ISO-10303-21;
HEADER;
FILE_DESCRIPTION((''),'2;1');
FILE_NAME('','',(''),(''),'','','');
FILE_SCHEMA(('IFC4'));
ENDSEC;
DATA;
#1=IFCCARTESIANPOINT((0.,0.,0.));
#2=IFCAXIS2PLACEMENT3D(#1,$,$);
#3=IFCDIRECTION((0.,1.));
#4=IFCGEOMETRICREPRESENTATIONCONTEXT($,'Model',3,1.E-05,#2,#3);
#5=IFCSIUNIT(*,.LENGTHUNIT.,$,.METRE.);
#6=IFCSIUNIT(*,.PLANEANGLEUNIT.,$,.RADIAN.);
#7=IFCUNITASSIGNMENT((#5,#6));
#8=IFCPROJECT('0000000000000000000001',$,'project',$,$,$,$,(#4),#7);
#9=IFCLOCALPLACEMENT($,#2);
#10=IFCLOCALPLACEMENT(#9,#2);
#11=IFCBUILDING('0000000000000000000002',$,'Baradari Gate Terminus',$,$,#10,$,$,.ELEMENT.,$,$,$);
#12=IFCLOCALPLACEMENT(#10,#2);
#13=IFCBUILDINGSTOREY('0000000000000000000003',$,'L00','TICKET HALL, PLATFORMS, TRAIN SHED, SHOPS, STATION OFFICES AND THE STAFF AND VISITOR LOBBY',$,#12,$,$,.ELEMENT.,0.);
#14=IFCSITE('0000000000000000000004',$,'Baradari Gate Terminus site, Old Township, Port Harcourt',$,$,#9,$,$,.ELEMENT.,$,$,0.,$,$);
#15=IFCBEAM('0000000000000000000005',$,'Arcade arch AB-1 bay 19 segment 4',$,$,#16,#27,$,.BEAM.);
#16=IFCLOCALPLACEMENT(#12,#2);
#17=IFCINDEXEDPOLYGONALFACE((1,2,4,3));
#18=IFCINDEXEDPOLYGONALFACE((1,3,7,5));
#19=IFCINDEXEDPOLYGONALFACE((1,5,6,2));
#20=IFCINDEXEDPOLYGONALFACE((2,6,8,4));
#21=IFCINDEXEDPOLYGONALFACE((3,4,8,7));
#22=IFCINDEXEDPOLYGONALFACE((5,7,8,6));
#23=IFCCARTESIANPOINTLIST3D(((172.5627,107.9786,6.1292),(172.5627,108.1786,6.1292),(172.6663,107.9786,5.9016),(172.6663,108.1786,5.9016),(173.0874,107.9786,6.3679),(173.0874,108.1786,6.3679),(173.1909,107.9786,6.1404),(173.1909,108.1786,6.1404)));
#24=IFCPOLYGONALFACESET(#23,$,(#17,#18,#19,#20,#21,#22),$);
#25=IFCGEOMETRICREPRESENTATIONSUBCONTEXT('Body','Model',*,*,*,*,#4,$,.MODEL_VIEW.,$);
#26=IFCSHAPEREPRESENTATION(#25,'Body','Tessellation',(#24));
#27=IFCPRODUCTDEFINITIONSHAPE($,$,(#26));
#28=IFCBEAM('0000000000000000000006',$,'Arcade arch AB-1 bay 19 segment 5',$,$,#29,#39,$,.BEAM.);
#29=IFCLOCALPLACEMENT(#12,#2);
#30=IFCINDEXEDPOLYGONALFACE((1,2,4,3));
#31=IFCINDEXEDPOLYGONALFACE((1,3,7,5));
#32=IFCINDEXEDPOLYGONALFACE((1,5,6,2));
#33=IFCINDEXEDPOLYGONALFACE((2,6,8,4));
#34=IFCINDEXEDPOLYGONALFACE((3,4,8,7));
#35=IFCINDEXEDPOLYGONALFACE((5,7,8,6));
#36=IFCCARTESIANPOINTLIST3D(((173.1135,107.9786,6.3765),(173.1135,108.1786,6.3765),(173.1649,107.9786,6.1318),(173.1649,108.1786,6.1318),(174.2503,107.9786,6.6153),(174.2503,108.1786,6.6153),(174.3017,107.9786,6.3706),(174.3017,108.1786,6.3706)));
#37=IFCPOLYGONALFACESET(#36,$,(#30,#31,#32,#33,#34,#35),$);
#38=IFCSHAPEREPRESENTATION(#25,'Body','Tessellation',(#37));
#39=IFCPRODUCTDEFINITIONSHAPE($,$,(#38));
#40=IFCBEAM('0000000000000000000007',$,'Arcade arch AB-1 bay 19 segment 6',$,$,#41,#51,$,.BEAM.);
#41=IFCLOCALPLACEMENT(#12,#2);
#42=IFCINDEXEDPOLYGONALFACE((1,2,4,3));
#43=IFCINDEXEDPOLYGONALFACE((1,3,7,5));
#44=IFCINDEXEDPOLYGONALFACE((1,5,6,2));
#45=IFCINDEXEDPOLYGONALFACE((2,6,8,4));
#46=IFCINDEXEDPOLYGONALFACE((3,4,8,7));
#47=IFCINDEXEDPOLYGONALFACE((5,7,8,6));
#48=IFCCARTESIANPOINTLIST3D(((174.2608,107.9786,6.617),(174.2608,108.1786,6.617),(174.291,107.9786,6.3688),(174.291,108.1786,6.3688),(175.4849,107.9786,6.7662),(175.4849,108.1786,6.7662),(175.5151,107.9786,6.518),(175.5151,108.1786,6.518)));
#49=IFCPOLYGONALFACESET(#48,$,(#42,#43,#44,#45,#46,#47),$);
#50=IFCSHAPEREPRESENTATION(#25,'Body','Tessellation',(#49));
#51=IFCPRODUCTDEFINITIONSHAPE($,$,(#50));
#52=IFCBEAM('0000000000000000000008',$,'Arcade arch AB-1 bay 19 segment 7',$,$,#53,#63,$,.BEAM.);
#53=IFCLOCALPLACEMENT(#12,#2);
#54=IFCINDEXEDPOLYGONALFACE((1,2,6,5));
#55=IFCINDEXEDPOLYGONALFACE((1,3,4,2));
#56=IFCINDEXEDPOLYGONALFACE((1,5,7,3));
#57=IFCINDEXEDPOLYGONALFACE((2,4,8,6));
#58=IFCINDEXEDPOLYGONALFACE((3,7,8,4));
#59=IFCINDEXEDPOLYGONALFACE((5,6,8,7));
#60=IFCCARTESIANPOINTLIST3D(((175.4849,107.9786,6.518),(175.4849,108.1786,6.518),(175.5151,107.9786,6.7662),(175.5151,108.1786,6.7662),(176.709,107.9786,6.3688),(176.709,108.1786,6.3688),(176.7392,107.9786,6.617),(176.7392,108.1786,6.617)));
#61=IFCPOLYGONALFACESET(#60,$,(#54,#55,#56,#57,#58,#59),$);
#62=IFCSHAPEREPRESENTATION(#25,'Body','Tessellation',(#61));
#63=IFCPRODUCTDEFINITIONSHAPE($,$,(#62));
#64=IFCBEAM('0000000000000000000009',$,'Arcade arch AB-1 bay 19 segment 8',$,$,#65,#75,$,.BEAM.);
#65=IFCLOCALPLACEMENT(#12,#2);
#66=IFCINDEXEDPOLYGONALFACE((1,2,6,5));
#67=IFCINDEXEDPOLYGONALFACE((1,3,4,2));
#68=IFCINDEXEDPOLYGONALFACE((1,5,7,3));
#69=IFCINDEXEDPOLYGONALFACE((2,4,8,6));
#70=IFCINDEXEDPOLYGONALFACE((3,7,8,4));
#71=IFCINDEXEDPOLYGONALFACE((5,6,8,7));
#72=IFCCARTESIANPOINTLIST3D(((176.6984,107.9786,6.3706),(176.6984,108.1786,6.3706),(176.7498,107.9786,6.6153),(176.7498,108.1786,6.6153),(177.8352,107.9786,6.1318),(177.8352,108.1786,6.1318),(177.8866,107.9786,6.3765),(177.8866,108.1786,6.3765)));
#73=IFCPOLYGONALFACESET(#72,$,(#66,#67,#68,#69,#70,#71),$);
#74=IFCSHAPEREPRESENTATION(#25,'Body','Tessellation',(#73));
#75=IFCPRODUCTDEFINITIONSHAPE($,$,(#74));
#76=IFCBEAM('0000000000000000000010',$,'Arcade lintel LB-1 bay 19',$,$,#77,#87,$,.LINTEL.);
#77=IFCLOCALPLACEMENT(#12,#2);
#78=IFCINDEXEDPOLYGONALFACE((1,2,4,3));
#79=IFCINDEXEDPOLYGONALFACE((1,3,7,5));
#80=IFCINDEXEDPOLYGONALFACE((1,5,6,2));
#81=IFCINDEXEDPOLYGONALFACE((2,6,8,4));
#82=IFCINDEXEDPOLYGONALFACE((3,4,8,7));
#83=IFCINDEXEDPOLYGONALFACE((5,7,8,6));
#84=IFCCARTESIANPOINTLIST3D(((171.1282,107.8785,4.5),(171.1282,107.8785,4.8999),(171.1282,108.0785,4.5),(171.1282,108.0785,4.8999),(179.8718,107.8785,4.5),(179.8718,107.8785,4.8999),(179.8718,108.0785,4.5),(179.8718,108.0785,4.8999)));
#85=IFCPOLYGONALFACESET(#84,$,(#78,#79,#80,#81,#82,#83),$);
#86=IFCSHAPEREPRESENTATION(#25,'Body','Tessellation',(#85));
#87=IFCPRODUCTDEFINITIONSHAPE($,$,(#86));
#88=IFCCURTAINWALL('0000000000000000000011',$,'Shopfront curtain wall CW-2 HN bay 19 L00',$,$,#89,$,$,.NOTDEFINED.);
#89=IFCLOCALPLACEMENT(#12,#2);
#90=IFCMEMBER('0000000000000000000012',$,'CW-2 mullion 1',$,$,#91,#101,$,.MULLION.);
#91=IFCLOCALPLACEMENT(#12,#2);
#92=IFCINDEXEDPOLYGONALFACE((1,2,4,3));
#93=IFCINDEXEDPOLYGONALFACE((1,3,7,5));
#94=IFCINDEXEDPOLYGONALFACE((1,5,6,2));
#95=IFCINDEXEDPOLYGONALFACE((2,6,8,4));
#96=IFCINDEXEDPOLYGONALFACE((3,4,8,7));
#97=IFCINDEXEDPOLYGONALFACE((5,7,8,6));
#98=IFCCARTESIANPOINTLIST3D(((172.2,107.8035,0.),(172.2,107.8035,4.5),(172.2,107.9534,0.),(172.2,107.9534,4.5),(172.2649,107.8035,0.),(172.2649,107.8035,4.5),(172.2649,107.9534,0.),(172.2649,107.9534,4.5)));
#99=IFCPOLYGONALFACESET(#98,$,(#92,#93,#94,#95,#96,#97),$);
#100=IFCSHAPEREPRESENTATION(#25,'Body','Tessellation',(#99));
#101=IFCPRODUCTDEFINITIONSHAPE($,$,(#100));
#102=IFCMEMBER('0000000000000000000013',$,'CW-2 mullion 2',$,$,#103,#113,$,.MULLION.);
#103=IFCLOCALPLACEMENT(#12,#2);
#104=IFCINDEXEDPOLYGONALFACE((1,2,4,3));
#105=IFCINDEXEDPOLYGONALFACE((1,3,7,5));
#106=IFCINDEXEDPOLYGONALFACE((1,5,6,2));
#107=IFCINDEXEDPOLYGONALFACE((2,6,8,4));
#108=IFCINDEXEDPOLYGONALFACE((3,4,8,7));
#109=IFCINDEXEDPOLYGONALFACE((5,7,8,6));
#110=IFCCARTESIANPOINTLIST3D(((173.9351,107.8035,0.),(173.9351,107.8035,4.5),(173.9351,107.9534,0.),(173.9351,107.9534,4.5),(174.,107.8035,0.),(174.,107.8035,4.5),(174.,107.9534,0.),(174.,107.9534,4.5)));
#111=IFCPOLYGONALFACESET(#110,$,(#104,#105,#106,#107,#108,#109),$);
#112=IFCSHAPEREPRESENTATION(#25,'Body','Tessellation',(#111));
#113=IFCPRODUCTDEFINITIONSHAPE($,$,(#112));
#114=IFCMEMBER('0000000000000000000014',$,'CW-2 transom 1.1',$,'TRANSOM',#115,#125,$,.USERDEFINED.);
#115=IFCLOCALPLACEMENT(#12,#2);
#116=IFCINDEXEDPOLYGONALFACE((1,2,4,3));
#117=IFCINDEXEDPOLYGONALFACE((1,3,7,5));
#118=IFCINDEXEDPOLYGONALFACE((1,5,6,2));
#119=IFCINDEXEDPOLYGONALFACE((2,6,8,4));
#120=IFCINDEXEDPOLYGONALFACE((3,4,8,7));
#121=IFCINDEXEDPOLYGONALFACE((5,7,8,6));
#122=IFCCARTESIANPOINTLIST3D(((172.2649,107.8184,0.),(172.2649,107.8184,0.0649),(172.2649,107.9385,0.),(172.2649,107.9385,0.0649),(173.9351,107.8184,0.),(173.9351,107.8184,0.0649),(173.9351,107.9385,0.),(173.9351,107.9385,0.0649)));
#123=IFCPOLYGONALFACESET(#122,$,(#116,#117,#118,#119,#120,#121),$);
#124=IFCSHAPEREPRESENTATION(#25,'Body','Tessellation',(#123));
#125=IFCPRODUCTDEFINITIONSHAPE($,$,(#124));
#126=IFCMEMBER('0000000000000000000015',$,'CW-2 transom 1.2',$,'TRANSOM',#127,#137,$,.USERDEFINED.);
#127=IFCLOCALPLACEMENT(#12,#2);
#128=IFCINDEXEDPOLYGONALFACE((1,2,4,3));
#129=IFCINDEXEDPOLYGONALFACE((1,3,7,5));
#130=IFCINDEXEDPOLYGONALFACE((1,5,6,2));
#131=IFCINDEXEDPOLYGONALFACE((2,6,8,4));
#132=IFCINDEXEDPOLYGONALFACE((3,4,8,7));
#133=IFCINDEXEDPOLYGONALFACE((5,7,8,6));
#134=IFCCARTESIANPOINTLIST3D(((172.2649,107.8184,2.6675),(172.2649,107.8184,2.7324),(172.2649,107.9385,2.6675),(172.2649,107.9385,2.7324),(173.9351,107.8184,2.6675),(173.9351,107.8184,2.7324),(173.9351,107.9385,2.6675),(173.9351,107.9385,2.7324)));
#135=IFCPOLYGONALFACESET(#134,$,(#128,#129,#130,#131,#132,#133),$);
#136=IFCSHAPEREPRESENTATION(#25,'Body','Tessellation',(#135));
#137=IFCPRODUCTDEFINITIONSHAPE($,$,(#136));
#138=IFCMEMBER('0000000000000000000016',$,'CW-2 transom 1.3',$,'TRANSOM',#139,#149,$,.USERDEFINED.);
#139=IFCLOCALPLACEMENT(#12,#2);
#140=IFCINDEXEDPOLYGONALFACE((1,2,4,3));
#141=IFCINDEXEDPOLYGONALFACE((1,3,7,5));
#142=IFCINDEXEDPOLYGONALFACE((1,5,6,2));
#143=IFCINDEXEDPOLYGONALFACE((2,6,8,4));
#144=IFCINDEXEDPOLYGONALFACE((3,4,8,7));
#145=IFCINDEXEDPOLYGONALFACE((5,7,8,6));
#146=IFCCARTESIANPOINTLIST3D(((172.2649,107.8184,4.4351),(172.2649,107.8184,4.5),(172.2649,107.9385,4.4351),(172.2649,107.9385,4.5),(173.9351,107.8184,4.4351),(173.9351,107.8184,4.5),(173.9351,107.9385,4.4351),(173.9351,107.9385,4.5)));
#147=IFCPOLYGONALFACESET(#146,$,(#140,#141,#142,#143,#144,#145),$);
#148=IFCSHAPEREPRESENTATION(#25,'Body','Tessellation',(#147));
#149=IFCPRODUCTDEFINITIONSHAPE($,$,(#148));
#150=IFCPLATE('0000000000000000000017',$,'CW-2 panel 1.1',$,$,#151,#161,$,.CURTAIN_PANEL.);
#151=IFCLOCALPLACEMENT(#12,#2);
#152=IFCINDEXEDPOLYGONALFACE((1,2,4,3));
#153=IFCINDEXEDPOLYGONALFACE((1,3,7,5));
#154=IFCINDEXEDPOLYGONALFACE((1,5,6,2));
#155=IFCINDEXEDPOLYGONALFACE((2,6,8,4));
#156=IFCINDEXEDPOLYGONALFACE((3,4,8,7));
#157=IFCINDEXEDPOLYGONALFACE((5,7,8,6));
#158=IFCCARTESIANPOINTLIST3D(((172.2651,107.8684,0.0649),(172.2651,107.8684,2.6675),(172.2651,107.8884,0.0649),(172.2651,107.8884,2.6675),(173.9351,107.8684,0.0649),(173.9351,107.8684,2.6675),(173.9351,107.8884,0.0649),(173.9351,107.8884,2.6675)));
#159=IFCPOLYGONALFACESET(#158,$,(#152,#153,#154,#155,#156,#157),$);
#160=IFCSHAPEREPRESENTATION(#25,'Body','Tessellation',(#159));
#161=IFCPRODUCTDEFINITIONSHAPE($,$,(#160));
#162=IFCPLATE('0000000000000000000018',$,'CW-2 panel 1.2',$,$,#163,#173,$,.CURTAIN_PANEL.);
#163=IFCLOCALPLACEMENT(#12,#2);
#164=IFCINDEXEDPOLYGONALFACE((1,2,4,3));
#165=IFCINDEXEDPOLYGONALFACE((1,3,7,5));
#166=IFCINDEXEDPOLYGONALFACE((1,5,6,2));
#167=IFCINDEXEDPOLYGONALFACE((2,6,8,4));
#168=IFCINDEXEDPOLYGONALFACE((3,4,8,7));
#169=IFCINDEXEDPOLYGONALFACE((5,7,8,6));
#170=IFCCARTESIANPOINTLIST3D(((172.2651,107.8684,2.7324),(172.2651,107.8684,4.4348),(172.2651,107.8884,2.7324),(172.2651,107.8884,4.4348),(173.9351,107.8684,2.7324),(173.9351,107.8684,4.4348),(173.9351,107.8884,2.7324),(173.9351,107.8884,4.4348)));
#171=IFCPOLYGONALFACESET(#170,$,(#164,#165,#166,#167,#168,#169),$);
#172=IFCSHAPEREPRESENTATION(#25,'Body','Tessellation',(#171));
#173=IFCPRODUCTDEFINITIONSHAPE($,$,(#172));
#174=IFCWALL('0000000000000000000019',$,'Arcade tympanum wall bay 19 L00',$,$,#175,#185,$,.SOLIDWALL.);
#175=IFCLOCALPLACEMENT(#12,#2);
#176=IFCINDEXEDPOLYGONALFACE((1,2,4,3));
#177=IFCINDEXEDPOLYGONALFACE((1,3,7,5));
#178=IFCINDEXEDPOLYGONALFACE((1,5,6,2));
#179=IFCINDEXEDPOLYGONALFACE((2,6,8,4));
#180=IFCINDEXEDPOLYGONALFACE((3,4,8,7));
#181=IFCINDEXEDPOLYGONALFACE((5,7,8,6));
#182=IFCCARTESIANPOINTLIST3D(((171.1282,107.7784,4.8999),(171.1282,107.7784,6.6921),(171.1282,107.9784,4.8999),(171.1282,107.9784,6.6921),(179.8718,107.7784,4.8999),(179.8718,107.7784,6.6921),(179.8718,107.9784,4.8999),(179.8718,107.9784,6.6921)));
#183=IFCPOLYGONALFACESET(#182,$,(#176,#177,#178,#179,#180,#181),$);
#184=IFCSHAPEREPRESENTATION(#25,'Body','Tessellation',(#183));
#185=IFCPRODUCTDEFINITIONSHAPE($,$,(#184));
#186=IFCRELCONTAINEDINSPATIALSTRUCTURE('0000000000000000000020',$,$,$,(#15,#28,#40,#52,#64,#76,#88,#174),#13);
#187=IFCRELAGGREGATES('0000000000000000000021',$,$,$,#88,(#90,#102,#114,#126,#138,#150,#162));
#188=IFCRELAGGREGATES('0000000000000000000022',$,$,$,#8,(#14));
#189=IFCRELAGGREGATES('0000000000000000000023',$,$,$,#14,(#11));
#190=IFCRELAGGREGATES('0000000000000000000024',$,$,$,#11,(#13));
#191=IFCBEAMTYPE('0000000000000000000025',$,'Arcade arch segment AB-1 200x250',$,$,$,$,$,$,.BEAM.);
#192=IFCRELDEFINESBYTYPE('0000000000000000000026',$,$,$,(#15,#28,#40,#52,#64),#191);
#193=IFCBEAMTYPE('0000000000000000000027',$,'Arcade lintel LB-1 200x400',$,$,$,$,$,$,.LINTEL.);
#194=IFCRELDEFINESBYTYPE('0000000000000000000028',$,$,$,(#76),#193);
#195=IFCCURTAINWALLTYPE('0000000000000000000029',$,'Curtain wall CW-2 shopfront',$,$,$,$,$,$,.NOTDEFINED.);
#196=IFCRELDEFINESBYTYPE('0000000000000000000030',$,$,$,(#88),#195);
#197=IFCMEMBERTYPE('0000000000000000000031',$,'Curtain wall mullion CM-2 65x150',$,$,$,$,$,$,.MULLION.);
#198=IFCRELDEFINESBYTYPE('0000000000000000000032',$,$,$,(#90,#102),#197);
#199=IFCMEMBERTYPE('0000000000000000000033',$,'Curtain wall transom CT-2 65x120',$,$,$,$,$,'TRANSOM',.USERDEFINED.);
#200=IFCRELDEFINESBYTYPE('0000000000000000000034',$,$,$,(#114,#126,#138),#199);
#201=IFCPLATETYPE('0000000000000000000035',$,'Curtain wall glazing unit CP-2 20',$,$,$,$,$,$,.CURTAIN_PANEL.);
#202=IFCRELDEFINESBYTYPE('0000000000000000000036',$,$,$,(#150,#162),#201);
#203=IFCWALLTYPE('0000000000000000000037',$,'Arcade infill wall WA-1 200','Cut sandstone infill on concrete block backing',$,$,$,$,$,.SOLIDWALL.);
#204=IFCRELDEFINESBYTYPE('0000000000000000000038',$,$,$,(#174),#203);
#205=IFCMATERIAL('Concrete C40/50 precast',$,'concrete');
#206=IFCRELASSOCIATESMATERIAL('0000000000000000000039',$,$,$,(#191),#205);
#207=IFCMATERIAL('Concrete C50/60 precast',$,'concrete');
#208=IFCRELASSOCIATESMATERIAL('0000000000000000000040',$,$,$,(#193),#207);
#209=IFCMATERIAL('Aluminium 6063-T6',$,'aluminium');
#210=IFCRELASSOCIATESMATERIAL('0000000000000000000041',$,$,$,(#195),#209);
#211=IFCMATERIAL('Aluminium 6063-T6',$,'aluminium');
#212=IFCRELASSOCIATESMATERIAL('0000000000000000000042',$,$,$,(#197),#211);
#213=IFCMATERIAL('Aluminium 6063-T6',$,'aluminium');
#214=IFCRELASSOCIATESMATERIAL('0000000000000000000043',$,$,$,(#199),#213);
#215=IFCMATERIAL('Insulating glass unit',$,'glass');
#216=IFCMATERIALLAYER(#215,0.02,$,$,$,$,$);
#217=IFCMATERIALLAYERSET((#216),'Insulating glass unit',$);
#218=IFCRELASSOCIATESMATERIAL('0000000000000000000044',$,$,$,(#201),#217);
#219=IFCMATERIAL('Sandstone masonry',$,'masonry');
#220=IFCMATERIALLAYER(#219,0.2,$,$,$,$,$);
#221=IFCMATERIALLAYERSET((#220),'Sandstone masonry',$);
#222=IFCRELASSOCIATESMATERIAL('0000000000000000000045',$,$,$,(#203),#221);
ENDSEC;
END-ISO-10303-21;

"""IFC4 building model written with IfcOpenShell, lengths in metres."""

from ifc_helpers import new_model, si_unit, direction, frame, frame_2d, origin, origin_2d, place, context, subcontext, project, spatial, rectangle, extrude, material, layer, layer_set, material_profile, profile_set, type_object, element, aggregate, save


model = new_model("IFC4")

# Units and contexts
model_context = context("Model", 3, precision=1e-05, world=origin(), true_north=direction((0.0, 1.0)))
body_context = subcontext(model_context, "Body", "Model", "MODEL_VIEW")
ifc_project = project(units=[si_unit("LENGTHUNIT", "METRE"), si_unit("PLANEANGLEUNIT", "RADIAN")], contexts=[model_context])

# Site, building, storey
site_placement = place(None, origin())
site = spatial("IfcSite", under=ifc_project, at=site_placement, Name="Baradari Gate Terminus site, Old Township, Port Harcourt", CompositionType="ELEMENT", RefElevation=0.0)
building_placement = place(site_placement, origin())
building = spatial("IfcBuilding", under=site, at=building_placement, Name="Baradari Gate Terminus", CompositionType="ELEMENT")
storey_placement = place(building_placement, origin())
storey = spatial("IfcBuildingStorey", under=building, at=storey_placement, Name="L00", Description="TICKET HALL, PLATFORMS, TRAIN SHED, SHOPS, STATION OFFICES AND THE STAFF AND VISITOR LOBBY", CompositionType="ELEMENT", Elevation=0.0)

# Beams
ifc_material_1 = material(Name="Concrete C40/50 precast", Category="concrete")
ifc_material_profile_1 = material_profile(ifc_material_1, rectangle(XDim=0.2, YDim=0.25, at=origin_2d()), Name="AB-1 200X250")
ifc_profile_set_1 = profile_set([ifc_material_profile_1], Name="Concrete C40/50 precast")
beam_type_1 = type_object("IfcBeamType", Name="Arcade arch segment AB-1 200x250", PredefinedType="BEAM", material=ifc_profile_set_1)
beam_1_placement = place(storey_placement, frame((172.6145, 108.0786, 6.0154), z_axis=(0.910178, 0.0, 0.414218), x_axis=(0.0, 1.0, 0.0)))
element("IfcBeam", 1, at=beam_1_placement, inside=storey, type_object=beam_type_1, Name="Arcade arch AB-1 bay 19 segment 4", PredefinedType="BEAM", context=body_context, shape_type="SweptSolid", body=[
    extrude(rectangle(XDim=0.2, YDim=0.25, at=origin_2d()), origin(), (0.0, 0.0, 1.0), 0.5764),
])
beam_2_placement = place(storey_placement, frame((173.1392, 108.0786, 6.2542), z_axis=(0.978643, 0.0, 0.205566), x_axis=(0.0, 1.0, 0.0)))
element("IfcBeam", 2, at=beam_2_placement, inside=storey, type_object=beam_type_1, Name="Arcade arch AB-1 bay 19 segment 5", PredefinedType="BEAM", context=body_context, shape_type="SweptSolid", body=[
    extrude(rectangle(XDim=0.2, YDim=0.25, at=origin_2d()), origin(), (0.0, 0.0, 1.0), 1.1616),
])
for number, where, z_axis, x_axis, name in (
    (3, (174.2759, 108.0786, 6.4929), (0.992657, 0.0, 0.120964), (0.0, 1.0, 0.0), "Arcade arch AB-1 bay 19 segment 6"),
    (4, (175.5, 108.0786, 6.6421), (0.992657, 0.0, -0.120964), (0.0, 1.0, 0.0), "Arcade arch AB-1 bay 19 segment 7"),
):
    element("IfcBeam", number, at=place(storey_placement, frame(where, z_axis=z_axis, x_axis=x_axis)), inside=storey, type_object=beam_type_1, Name=name, PredefinedType="BEAM", context=body_context, shape_type="SweptSolid", body=[
        extrude(rectangle(XDim=0.2, YDim=0.25, at=origin_2d()), origin(), (0.0, 0.0, 1.0), 1.2332),
    ])
beam_3_placement = place(storey_placement, frame((176.7241, 108.0786, 6.4929), z_axis=(0.978643, 0.0, -0.205566), x_axis=(0.0, 1.0, 0.0)))
element("IfcBeam", 5, at=beam_3_placement, inside=storey, type_object=beam_type_1, Name="Arcade arch AB-1 bay 19 segment 8", PredefinedType="BEAM", context=body_context, shape_type="SweptSolid", body=[
    extrude(rectangle(XDim=0.2, YDim=0.25, at=origin_2d()), origin(), (0.0, 0.0, 1.0), 1.1616),
])
ifc_material_2 = material(Name="Concrete C50/60 precast", Category="concrete")
ifc_material_profile_2 = material_profile(ifc_material_2, rectangle(XDim=0.2, YDim=0.3999, at=origin_2d()), Name="LB-1 200X400")
ifc_profile_set_2 = profile_set([ifc_material_profile_2], Name="Concrete C50/60 precast")
beam_type_2 = type_object("IfcBeamType", Name="Arcade lintel LB-1 200x400", PredefinedType="LINTEL", material=ifc_profile_set_2)
beam_4_placement = place(storey_placement, frame((171.1282, 107.9785, 4.7), z_axis=(1.0, 0.0, 0.0), x_axis=(0.0, 1.0, 0.0)))
element("IfcBeam", 6, at=beam_4_placement, inside=storey, type_object=beam_type_2, Name="Arcade lintel LB-1 bay 19", PredefinedType="LINTEL", context=body_context, shape_type="SweptSolid", body=[
    extrude(rectangle(XDim=0.2, YDim=0.3999, at=origin_2d()), origin(), (0.0, 0.0, 1.0), 8.7437),
])

# Curtain wall, members, plates
ifc_material_3 = material(Name="Aluminium 6063-T6", Category="aluminium")
curtain_wall_type = type_object("IfcCurtainWallType", Name="Curtain wall CW-2 shopfront", PredefinedType="NOTDEFINED", material=ifc_material_3)
curtain_wall_placement = place(storey_placement, origin())
curtain_wall = element("IfcCurtainWall", 7, at=curtain_wall_placement, inside=storey, type_object=curtain_wall_type, Name="Shopfront curtain wall CW-2 HN bay 19 L00", PredefinedType="NOTDEFINED")
ifc_material_4 = material(Name="Aluminium 6063-T6", Category="aluminium")
ifc_material_profile_3 = material_profile(ifc_material_4, rectangle(XDim=0.1499, YDim=0.0649, at=origin_2d()), Name="CM-2 65X150")
ifc_profile_set_3 = profile_set([ifc_material_profile_3], Name="Aluminium 6063-T6")
member_type_1 = type_object("IfcMemberType", Name="Curtain wall mullion CM-2 65x150", PredefinedType="MULLION", material=ifc_profile_set_3)
member_1_placement = place(storey_placement, frame((172.2324, 107.8784, 0.0), z_axis=(0.0, 0.0, 1.0), x_axis=(0.0, 1.0, 0.0)))
member_1 = element("IfcMember", 8, at=member_1_placement, type_object=member_type_1, Name="CW-2 mullion 1", PredefinedType="MULLION", context=body_context, shape_type="SweptSolid", body=[
    extrude(rectangle(XDim=0.1499, YDim=0.0649, at=origin_2d()), origin(), (0.0, 0.0, 1.0), 4.5),
])
member_2_placement = place(storey_placement, frame((173.9675, 107.8784, 0.0), z_axis=(0.0, 0.0, 1.0), x_axis=(0.0, 1.0, 0.0)))
member_2 = element("IfcMember", 9, at=member_2_placement, type_object=member_type_1, Name="CW-2 mullion 2", PredefinedType="MULLION", context=body_context, shape_type="SweptSolid", body=[
    extrude(rectangle(XDim=0.1499, YDim=0.0649, at=origin_2d()), origin(), (0.0, 0.0, 1.0), 4.5),
])
ifc_material_5 = material(Name="Aluminium 6063-T6", Category="aluminium")
ifc_material_profile_4 = material_profile(ifc_material_5, rectangle(XDim=0.1201, YDim=0.0649, at=origin_2d()), Name="CT-2 65X120")
ifc_profile_set_4 = profile_set([ifc_material_profile_4], Name="Aluminium 6063-T6")
member_type_2 = type_object("IfcMemberType", Name="Curtain wall transom CT-2 65x120", ElementType="TRANSOM", PredefinedType="USERDEFINED", material=ifc_profile_set_4)
member_3_placement = place(storey_placement, frame((172.2649, 107.8784, 0.0325), z_axis=(1.0, 0.0, 0.0), x_axis=(0.0, 1.0, 0.0)))
member_3 = element("IfcMember", 10, at=member_3_placement, type_object=member_type_2, Name="CW-2 transom 1.1", ObjectType="TRANSOM", PredefinedType="USERDEFINED", context=body_context, shape_type="SweptSolid", body=[
    extrude(rectangle(XDim=0.1201, YDim=0.0649, at=origin_2d()), origin(), (0.0, 0.0, 1.0), 1.6702),
])
member_4_placement = place(storey_placement, frame((172.2649, 107.8784, 2.7), z_axis=(1.0, 0.0, 0.0), x_axis=(0.0, 1.0, 0.0)))
member_4 = element("IfcMember", 11, at=member_4_placement, type_object=member_type_2, Name="CW-2 transom 1.2", ObjectType="TRANSOM", PredefinedType="USERDEFINED", context=body_context, shape_type="SweptSolid", body=[
    extrude(rectangle(XDim=0.1201, YDim=0.0649, at=origin_2d()), origin(), (0.0, 0.0, 1.0), 1.6702),
])
member_5_placement = place(storey_placement, frame((172.2649, 107.8784, 4.4675), z_axis=(1.0, 0.0, 0.0), x_axis=(0.0, 1.0, 0.0)))
member_5 = element("IfcMember", 12, at=member_5_placement, type_object=member_type_2, Name="CW-2 transom 1.3", ObjectType="TRANSOM", PredefinedType="USERDEFINED", context=body_context, shape_type="SweptSolid", body=[
    extrude(rectangle(XDim=0.1201, YDim=0.0649, at=origin_2d()), origin(), (0.0, 0.0, 1.0), 1.6702),
])
ifc_material_6 = material(Name="Insulating glass unit", Category="glass")
ifc_layer_1 = layer(ifc_material_6, 0.02)
ifc_layer_set_1 = layer_set([ifc_layer_1], Name="Insulating glass unit")
plate_type = type_object("IfcPlateType", Name="Curtain wall glazing unit CP-2 20", PredefinedType="CURTAIN_PANEL", material=ifc_layer_set_1)
plate_1_placement = place(storey_placement, frame((173.1001, 107.8784, 0.0649), z_axis=(0.0, 0.0, 1.0), x_axis=(1.0, 0.0, 0.0)))
plate_1 = element("IfcPlate", 13, at=plate_1_placement, type_object=plate_type, Name="CW-2 panel 1.1", PredefinedType="CURTAIN_PANEL", context=body_context, shape_type="SweptSolid", body=[
    extrude(rectangle(XDim=1.6699, YDim=0.02, at=origin_2d()), origin(), (0.0, 0.0, 1.0), 2.6025),
])
plate_2_placement = place(storey_placement, frame((173.1001, 107.8784, 2.7324), z_axis=(0.0, 0.0, 1.0), x_axis=(1.0, 0.0, 0.0)))
plate_2 = element("IfcPlate", 14, at=plate_2_placement, type_object=plate_type, Name="CW-2 panel 1.2", PredefinedType="CURTAIN_PANEL", context=body_context, shape_type="SweptSolid", body=[
    extrude(rectangle(XDim=1.6699, YDim=0.02, at=origin_2d()), origin(), (0.0, 0.0, 1.0), 1.7024),
])
aggregate(curtain_wall, [member_1, member_2, member_3, member_4, member_5, plate_1, plate_2])

# Wall
ifc_material_7 = material(Name="Sandstone masonry", Category="masonry")
ifc_layer_2 = layer(ifc_material_7, 0.2)
ifc_layer_set_2 = layer_set([ifc_layer_2], Name="Sandstone masonry")
wall_type_1 = type_object("IfcWallType", Name="Arcade infill wall WA-1 200", Description="Cut sandstone infill on concrete block backing", PredefinedType="SOLIDWALL", material=ifc_layer_set_2)
wall_1_placement = place(storey_placement, frame((171.1282, 107.8784, 4.8999), z_axis=(0.0, 0.0, 1.0), x_axis=(1.0, 0.0, 0.0)))
element("IfcWall", 15, at=wall_1_placement, inside=storey, type_object=wall_type_1, Name="Arcade tympanum wall bay 19 L00", PredefinedType="SOLIDWALL", context=body_context, shape_type="SweptSolid", body=[
    extrude(rectangle(XDim=8.7437, YDim=0.2, at=frame_2d((4.3718, 0.0))), origin(), (0.0, 0.0, 1.0), 1.7922),
])

save(model, "model.ifc")
